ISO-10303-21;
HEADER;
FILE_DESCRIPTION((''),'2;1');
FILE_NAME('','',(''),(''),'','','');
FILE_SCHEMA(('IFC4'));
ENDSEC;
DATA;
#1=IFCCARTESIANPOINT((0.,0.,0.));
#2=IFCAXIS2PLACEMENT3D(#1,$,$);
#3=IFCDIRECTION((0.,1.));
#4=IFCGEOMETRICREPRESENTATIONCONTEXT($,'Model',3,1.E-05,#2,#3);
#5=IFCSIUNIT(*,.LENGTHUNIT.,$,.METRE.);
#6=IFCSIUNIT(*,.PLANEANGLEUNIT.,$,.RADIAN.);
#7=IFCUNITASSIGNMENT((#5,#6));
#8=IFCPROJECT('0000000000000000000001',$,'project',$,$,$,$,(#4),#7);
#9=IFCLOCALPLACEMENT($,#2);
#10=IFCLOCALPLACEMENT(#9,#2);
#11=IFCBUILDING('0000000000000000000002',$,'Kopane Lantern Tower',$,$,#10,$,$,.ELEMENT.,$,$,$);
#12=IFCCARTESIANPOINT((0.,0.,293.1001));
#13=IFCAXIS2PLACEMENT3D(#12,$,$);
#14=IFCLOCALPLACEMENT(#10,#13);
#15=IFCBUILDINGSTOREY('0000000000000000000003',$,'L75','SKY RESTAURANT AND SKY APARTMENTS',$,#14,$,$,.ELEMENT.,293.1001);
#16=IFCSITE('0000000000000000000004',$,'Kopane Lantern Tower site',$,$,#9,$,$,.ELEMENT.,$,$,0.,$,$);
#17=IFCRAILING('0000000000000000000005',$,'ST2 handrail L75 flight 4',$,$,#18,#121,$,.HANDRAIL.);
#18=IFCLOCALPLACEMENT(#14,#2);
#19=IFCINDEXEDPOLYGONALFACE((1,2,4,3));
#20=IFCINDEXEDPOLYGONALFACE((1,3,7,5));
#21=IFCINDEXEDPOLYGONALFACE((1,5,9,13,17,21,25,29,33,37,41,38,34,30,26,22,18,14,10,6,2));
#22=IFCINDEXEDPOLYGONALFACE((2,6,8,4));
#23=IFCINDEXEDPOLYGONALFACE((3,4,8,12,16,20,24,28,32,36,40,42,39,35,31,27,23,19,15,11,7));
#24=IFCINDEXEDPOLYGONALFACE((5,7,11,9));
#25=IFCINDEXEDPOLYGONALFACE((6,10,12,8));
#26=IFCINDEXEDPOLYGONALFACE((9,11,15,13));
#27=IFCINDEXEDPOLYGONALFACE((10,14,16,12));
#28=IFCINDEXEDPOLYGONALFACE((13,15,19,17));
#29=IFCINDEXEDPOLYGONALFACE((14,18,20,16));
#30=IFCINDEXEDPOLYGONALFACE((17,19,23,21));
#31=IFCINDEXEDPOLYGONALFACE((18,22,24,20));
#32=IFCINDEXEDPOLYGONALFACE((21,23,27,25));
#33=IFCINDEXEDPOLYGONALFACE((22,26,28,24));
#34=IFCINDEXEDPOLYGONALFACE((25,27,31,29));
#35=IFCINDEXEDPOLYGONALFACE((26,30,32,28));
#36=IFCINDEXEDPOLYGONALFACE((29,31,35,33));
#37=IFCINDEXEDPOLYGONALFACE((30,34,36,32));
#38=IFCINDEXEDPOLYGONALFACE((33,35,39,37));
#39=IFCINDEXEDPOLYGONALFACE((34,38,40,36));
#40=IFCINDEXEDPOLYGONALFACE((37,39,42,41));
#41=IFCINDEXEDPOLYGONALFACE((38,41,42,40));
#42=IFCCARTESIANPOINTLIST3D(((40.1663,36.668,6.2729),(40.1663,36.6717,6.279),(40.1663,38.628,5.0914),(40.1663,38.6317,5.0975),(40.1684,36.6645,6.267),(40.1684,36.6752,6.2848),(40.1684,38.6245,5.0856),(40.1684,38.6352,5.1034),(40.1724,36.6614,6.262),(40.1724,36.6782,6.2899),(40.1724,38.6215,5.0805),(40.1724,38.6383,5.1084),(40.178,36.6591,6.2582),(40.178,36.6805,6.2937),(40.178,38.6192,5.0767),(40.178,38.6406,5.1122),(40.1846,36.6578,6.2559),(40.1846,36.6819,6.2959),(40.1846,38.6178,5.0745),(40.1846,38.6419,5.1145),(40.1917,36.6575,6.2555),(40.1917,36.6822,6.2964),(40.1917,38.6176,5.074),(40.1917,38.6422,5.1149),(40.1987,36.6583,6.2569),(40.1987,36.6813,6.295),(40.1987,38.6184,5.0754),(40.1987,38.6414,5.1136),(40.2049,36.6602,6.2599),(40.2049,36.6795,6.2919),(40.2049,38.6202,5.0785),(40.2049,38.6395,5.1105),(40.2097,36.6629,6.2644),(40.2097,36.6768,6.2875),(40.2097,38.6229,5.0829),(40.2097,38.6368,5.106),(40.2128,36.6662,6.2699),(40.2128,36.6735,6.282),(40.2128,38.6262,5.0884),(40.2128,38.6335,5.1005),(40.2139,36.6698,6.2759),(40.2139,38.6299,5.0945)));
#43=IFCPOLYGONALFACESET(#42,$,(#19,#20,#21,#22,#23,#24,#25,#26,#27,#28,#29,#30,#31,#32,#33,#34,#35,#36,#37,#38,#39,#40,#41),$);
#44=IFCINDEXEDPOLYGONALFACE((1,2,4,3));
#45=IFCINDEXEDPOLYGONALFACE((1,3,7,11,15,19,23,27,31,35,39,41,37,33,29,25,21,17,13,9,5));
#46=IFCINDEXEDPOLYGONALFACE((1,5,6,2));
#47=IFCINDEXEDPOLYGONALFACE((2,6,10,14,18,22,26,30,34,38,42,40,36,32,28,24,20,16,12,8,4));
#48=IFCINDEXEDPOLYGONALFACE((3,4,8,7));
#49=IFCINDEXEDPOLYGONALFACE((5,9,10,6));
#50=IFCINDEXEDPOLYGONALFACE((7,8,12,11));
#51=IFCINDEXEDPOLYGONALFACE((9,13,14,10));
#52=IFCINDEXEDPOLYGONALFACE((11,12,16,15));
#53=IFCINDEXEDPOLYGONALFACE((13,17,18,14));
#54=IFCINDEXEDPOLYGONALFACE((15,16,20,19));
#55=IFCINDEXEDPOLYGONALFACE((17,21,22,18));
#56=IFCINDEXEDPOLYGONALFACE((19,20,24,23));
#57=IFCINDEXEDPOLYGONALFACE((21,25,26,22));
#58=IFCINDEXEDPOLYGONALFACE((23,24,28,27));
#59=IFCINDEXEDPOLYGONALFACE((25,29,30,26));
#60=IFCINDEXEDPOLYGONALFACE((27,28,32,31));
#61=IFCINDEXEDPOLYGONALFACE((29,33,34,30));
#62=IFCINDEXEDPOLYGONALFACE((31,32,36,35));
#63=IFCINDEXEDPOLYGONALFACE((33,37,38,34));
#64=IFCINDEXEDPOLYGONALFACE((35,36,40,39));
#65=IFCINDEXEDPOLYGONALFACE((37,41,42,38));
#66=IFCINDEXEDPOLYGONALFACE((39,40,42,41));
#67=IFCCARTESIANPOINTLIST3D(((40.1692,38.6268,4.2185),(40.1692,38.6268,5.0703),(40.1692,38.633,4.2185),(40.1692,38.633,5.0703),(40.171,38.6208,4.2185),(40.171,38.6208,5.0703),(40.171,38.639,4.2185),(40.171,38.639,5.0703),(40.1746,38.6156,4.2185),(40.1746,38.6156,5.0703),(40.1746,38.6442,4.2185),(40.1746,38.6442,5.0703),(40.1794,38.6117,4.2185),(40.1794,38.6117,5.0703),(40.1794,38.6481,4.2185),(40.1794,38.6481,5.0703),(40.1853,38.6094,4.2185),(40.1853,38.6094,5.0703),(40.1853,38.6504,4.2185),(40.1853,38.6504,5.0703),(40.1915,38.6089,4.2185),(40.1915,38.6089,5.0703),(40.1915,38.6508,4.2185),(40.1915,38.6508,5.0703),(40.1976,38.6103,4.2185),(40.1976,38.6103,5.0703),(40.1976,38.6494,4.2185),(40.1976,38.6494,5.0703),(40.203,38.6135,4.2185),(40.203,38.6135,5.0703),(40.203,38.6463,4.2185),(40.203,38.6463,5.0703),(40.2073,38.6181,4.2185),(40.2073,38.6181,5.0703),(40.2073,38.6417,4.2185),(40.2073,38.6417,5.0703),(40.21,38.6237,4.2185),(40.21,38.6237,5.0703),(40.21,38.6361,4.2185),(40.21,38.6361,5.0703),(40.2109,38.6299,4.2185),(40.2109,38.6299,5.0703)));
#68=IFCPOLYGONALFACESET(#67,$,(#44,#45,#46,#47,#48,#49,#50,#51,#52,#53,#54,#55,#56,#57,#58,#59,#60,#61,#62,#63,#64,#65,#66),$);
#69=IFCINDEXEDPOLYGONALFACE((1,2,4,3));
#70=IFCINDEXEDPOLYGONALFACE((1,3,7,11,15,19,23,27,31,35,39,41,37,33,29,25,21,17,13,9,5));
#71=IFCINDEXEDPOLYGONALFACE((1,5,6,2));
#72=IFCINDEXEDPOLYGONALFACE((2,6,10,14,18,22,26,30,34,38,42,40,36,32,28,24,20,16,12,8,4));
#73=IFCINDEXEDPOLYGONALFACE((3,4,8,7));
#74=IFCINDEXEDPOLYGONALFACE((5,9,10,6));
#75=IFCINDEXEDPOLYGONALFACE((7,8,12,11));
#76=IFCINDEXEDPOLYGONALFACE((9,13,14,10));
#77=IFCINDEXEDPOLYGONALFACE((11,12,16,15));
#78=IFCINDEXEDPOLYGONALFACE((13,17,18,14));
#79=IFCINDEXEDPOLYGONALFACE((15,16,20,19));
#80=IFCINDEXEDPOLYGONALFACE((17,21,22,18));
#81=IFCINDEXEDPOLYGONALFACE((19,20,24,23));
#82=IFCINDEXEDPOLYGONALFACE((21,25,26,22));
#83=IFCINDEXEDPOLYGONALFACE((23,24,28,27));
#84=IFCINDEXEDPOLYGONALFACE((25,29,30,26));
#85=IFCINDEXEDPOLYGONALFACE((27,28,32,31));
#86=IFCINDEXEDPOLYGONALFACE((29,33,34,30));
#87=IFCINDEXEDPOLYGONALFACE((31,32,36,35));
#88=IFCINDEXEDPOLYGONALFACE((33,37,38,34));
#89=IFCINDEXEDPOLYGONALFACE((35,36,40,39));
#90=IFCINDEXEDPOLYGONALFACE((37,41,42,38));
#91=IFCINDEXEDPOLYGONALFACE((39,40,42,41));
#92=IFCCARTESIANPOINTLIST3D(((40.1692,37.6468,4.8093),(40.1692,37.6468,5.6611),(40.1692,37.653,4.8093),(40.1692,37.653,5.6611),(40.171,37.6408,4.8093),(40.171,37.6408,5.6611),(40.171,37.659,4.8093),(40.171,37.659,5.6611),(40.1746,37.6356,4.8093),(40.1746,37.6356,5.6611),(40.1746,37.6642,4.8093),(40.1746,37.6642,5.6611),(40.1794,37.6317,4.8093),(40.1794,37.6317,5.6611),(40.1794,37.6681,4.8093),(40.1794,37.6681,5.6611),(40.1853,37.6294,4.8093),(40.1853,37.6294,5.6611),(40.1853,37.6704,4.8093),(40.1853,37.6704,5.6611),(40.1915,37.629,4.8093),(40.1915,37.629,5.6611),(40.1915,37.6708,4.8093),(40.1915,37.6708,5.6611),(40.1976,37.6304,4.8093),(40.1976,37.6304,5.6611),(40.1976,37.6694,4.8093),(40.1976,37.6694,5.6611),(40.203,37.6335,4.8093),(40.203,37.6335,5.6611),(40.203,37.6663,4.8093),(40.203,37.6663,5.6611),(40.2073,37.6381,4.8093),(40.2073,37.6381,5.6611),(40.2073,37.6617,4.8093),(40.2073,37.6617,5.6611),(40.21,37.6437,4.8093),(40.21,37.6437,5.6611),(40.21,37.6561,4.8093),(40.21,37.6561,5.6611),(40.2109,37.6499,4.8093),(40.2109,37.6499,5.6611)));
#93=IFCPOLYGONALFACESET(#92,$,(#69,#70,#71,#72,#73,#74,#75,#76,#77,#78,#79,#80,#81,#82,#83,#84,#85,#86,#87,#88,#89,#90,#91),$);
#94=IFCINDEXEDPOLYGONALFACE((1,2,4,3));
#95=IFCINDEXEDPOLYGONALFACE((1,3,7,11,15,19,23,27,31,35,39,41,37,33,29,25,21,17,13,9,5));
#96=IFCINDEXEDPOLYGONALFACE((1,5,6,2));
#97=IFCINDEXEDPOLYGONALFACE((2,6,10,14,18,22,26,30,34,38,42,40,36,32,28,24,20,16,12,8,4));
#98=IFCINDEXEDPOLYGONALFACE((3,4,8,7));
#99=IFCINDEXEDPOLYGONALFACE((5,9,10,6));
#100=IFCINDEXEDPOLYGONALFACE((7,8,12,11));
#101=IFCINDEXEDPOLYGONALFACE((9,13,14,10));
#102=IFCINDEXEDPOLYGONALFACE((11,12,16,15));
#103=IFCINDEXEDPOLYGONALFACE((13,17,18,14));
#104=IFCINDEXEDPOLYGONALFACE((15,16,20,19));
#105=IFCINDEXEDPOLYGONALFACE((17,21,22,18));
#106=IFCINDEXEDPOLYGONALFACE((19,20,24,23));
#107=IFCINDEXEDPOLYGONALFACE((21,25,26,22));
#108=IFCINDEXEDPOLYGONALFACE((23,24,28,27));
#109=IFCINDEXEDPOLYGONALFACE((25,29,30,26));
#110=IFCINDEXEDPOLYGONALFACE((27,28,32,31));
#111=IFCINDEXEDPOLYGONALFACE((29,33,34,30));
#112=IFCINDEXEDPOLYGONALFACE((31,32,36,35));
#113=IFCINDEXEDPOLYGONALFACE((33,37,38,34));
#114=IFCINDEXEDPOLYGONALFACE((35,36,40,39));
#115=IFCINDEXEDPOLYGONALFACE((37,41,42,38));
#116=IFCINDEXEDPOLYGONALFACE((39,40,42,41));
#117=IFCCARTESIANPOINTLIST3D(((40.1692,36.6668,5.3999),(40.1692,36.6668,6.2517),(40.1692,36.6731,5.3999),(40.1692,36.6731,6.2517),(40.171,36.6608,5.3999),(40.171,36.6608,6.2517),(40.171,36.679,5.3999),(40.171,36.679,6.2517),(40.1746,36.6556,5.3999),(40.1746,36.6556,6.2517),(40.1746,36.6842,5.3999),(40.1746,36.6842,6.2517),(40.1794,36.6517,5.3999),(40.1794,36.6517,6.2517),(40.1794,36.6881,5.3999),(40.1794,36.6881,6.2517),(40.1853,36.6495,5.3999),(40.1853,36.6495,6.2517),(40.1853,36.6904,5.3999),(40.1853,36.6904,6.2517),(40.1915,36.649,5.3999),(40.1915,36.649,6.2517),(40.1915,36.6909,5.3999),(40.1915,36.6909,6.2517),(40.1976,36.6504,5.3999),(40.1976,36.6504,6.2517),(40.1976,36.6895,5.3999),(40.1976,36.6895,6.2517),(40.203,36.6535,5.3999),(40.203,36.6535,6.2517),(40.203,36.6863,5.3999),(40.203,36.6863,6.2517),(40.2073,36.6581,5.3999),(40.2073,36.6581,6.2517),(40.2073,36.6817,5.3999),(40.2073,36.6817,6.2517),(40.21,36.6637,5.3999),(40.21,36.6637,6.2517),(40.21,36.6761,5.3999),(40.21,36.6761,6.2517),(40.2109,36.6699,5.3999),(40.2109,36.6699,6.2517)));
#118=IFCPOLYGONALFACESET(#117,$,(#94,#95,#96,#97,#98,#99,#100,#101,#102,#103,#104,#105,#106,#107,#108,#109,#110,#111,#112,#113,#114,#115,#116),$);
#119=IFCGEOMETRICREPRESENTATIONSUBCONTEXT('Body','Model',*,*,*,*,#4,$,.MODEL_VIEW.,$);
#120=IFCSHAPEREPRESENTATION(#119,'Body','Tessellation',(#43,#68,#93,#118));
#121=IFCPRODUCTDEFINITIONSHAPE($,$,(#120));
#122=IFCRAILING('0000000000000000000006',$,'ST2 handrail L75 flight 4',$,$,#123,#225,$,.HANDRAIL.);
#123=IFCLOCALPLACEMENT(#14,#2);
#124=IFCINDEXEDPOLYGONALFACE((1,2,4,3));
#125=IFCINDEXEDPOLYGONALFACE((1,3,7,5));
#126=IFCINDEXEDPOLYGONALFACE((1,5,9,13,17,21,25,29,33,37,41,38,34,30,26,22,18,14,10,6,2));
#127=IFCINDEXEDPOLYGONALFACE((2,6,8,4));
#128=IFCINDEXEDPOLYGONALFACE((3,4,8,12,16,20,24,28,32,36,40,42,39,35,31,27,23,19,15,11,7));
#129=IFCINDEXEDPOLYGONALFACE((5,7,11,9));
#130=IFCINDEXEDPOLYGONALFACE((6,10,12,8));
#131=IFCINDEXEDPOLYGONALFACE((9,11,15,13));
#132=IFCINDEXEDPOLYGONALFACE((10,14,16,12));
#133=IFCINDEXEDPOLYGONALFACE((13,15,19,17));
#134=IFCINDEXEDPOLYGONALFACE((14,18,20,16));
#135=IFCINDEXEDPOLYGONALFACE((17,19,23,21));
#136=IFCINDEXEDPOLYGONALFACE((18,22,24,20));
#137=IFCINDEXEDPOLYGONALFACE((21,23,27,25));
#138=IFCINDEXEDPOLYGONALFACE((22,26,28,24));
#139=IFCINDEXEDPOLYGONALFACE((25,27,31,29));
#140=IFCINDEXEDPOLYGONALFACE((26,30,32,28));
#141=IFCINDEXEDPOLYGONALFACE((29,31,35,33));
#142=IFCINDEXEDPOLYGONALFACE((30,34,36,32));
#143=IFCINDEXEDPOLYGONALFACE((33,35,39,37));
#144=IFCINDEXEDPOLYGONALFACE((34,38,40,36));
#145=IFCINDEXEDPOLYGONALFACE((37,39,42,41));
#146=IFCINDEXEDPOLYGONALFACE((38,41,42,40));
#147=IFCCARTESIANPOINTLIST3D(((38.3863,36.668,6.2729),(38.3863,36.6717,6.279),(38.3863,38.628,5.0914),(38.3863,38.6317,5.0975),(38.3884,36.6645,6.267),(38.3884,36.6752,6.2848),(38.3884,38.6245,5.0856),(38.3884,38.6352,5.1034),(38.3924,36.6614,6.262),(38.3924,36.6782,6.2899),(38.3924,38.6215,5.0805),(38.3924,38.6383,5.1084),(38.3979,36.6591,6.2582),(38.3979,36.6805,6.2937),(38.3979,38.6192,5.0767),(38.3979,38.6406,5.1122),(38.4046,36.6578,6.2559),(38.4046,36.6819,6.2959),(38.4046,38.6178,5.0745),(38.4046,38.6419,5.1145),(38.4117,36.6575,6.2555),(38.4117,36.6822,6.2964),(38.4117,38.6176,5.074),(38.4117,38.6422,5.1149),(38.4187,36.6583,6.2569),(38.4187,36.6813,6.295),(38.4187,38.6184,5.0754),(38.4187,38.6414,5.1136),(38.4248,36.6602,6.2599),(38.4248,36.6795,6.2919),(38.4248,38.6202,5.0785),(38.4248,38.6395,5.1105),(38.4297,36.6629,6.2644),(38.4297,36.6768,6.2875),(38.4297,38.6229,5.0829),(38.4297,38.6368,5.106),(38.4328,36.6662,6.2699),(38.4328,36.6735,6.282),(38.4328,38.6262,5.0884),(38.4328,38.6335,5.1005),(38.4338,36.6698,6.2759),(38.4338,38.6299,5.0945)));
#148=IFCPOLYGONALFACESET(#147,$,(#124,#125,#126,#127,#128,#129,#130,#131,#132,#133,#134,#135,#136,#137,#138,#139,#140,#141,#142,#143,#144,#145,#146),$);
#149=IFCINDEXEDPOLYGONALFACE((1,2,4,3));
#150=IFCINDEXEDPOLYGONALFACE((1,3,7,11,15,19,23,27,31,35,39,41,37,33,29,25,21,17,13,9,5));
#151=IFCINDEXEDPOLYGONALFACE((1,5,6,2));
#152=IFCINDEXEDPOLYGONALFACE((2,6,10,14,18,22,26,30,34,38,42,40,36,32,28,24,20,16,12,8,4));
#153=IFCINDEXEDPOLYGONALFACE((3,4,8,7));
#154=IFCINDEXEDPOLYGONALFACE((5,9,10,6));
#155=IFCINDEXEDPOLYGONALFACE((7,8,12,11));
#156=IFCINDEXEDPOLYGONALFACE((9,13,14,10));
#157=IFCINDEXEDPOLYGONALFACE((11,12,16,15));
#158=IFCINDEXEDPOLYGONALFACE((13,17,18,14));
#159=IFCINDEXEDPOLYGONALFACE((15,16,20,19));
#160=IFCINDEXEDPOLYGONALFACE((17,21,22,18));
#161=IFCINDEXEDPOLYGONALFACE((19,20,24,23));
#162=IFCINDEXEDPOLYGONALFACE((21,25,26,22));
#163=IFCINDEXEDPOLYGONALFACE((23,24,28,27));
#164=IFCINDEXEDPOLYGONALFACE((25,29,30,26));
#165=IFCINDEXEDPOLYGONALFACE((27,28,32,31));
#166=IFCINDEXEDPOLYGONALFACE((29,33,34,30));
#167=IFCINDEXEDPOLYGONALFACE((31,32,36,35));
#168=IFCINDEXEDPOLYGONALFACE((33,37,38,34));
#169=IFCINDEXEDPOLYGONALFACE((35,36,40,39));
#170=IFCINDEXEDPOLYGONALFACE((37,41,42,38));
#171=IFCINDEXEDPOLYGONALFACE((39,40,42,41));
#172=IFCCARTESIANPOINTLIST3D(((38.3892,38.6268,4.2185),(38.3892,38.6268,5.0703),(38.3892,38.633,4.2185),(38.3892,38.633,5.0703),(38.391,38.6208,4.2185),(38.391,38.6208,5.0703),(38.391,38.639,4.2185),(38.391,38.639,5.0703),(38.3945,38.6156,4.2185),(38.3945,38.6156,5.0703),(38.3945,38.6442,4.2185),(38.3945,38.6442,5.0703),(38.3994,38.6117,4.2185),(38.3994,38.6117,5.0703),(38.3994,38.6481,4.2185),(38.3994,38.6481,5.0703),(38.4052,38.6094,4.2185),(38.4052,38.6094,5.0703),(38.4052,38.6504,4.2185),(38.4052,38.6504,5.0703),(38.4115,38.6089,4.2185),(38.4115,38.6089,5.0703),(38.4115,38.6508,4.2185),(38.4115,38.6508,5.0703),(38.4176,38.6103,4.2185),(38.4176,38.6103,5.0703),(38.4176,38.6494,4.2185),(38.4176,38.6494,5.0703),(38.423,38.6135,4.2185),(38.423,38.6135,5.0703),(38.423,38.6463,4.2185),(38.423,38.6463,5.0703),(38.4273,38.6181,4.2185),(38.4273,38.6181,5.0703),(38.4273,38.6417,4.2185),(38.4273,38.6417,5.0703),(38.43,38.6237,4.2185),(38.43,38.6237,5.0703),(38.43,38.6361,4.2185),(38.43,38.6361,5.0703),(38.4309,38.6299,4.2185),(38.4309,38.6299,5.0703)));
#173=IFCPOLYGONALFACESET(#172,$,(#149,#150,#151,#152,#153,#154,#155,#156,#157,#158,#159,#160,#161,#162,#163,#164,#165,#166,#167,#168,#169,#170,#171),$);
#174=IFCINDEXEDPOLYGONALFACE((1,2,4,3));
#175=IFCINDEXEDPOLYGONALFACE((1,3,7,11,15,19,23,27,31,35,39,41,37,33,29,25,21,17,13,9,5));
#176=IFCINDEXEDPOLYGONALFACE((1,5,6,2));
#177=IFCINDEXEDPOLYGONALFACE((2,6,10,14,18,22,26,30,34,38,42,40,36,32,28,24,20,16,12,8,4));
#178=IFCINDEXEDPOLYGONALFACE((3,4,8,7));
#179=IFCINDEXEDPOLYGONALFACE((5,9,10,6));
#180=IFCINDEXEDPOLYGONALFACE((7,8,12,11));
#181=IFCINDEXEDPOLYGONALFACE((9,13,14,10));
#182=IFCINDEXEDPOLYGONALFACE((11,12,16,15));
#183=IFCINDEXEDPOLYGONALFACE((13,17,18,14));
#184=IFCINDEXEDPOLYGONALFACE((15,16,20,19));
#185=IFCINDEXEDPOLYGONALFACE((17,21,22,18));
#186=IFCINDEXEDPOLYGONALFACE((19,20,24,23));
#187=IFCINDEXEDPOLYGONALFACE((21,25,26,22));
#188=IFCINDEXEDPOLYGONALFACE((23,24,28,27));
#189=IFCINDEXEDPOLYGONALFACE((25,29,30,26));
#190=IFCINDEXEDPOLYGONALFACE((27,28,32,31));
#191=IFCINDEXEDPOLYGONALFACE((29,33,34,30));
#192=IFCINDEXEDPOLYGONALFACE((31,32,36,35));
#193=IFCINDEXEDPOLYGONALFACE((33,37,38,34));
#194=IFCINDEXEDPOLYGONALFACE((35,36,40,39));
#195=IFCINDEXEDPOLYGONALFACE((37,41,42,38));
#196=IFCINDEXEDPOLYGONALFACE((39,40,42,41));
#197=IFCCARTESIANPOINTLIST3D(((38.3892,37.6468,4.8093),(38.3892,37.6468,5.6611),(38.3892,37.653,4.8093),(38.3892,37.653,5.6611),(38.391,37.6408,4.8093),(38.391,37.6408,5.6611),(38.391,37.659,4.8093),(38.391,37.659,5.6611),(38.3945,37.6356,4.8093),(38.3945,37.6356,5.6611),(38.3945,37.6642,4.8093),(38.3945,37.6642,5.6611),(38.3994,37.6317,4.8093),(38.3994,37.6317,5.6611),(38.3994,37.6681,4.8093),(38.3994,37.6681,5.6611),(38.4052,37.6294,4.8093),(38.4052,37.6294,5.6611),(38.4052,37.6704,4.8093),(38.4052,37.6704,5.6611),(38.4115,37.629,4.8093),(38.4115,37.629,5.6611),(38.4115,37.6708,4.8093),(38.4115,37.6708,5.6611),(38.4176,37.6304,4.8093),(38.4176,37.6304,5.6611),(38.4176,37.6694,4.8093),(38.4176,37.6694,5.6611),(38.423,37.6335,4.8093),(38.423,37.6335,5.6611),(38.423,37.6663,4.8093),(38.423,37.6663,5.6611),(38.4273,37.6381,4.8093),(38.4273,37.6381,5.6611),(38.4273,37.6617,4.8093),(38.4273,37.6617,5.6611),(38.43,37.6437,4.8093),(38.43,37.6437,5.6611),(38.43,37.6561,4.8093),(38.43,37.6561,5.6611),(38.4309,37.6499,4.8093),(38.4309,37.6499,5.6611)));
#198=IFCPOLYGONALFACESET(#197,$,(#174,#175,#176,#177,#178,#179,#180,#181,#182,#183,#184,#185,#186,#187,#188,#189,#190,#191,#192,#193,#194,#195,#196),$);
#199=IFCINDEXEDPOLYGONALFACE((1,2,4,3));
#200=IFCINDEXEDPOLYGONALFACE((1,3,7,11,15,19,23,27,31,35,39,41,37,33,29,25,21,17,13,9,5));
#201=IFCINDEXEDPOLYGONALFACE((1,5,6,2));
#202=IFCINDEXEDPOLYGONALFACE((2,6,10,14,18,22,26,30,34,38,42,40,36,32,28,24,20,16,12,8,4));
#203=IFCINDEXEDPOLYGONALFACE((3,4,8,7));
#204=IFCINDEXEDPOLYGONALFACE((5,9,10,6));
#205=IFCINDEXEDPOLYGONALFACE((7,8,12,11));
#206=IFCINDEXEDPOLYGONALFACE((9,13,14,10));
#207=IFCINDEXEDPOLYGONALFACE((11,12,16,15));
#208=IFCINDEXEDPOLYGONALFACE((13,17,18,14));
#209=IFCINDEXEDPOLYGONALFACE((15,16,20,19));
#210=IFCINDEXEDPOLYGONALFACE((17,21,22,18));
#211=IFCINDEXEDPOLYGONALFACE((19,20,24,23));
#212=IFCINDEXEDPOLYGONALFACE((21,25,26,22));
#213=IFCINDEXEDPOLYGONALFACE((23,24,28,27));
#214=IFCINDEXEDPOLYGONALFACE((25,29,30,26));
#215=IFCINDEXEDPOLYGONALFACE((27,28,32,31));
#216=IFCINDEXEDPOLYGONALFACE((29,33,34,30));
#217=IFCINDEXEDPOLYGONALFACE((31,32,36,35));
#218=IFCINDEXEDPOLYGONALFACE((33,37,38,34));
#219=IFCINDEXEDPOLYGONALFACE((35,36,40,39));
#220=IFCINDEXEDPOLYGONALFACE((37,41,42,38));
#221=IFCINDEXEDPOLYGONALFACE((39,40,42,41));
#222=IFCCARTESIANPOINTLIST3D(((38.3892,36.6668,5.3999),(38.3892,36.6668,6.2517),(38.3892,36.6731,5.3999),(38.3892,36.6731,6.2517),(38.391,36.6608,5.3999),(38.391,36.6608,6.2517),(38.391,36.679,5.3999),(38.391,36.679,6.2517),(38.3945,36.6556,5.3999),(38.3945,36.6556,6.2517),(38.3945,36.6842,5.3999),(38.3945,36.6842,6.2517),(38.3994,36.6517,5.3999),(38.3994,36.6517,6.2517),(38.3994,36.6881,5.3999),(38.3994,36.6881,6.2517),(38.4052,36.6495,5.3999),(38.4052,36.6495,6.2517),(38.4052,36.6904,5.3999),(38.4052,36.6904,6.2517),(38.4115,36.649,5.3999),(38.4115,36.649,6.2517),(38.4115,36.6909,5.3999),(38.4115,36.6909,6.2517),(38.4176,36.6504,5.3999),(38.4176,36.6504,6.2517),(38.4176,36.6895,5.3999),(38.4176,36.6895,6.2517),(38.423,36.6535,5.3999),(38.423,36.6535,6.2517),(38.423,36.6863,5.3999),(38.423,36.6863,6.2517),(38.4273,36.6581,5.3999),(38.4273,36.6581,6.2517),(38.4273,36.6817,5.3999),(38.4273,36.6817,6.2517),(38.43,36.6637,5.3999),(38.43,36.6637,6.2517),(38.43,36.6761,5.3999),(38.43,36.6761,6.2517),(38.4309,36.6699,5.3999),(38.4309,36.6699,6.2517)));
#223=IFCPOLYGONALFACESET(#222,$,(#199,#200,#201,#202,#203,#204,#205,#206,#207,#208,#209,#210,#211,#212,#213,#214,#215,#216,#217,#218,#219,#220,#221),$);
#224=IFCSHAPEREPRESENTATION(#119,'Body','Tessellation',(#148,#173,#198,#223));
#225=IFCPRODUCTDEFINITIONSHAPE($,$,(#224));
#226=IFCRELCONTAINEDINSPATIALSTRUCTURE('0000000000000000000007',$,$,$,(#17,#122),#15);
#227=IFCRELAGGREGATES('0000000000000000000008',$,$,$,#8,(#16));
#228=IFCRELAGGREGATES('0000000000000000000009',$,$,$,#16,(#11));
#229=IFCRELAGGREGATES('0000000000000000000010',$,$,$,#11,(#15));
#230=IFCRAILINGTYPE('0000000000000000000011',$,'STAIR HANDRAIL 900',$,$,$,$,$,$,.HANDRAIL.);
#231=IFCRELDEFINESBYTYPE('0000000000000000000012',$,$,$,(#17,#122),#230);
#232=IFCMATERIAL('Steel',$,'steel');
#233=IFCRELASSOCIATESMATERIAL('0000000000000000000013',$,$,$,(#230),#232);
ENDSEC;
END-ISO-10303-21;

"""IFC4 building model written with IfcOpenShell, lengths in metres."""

from ifc_helpers import new_model, si_unit, direction, frame, origin, origin_2d, place, context, subcontext, project, spatial, circle, extrude, material, type_object, element, save


model = new_model("IFC4")

# Units and contexts
model_context = context("Model", 3, precision=1e-05, world=origin(), true_north=direction((0.0, 1.0)))
body_context = subcontext(model_context, "Body", "Model", "MODEL_VIEW")
ifc_project = project(units=[si_unit("LENGTHUNIT", "METRE"), si_unit("PLANEANGLEUNIT", "RADIAN")], contexts=[model_context])

# Site, building, storey
site_placement = place(None, origin())
site = spatial("IfcSite", under=ifc_project, at=site_placement, Name="Kopane Lantern Tower site", CompositionType="ELEMENT", RefElevation=0.0)
building_placement = place(site_placement, origin())
building = spatial("IfcBuilding", under=site, at=building_placement, Name="Kopane Lantern Tower", CompositionType="ELEMENT")
storey_placement = place(building_placement, frame((0.0, 0.0, 293.1001)))
storey = spatial("IfcBuildingStorey", under=building, at=storey_placement, Name="L75", Description="SKY RESTAURANT AND SKY APARTMENTS", CompositionType="ELEMENT", Elevation=293.1001)

# Railings
ifc_material_1 = material(Name="Steel", Category="steel")
railing_type = type_object("IfcRailingType", Name="STAIR HANDRAIL 900", PredefinedType="HANDRAIL", material=ifc_material_1)
for number, where, name in (
    (1, (40.1899, 38.6299, 4.2185), "ST2 handrail L75 flight 4"),
    (2, (38.4099, 38.6299, 4.2185), "ST2 handrail L75 flight 4"),
):
    element("IfcRailing", number, at=place(storey_placement, frame(where)), inside=storey, type_object=railing_type, Name=name, PredefinedType="HANDRAIL", context=body_context, shape_type="SweptSolid", body=[
        extrude(circle(Radius=0.0239, at=origin_2d()), frame((0.0, 0.0, 0.876), z_axis=(0.0, -0.856446, 0.516236), x_axis=(1.0, 0.0, 0.0)), (0.0, 0.0, 1.0), 2.2886),
        extrude(circle(Radius=0.021, at=origin_2d()), origin(), (0.0, 0.0, 1.0), 0.8518),
        extrude(circle(Radius=0.021, at=origin_2d()), frame((0.0, -0.98, 0.5908)), (0.0, 0.0, 1.0), 0.8518),
        extrude(circle(Radius=0.021, at=origin_2d()), frame((0.0, -1.96, 1.1814)), (0.0, 0.0, 1.0), 0.8518),
    ])

save(model, "model.ifc")
